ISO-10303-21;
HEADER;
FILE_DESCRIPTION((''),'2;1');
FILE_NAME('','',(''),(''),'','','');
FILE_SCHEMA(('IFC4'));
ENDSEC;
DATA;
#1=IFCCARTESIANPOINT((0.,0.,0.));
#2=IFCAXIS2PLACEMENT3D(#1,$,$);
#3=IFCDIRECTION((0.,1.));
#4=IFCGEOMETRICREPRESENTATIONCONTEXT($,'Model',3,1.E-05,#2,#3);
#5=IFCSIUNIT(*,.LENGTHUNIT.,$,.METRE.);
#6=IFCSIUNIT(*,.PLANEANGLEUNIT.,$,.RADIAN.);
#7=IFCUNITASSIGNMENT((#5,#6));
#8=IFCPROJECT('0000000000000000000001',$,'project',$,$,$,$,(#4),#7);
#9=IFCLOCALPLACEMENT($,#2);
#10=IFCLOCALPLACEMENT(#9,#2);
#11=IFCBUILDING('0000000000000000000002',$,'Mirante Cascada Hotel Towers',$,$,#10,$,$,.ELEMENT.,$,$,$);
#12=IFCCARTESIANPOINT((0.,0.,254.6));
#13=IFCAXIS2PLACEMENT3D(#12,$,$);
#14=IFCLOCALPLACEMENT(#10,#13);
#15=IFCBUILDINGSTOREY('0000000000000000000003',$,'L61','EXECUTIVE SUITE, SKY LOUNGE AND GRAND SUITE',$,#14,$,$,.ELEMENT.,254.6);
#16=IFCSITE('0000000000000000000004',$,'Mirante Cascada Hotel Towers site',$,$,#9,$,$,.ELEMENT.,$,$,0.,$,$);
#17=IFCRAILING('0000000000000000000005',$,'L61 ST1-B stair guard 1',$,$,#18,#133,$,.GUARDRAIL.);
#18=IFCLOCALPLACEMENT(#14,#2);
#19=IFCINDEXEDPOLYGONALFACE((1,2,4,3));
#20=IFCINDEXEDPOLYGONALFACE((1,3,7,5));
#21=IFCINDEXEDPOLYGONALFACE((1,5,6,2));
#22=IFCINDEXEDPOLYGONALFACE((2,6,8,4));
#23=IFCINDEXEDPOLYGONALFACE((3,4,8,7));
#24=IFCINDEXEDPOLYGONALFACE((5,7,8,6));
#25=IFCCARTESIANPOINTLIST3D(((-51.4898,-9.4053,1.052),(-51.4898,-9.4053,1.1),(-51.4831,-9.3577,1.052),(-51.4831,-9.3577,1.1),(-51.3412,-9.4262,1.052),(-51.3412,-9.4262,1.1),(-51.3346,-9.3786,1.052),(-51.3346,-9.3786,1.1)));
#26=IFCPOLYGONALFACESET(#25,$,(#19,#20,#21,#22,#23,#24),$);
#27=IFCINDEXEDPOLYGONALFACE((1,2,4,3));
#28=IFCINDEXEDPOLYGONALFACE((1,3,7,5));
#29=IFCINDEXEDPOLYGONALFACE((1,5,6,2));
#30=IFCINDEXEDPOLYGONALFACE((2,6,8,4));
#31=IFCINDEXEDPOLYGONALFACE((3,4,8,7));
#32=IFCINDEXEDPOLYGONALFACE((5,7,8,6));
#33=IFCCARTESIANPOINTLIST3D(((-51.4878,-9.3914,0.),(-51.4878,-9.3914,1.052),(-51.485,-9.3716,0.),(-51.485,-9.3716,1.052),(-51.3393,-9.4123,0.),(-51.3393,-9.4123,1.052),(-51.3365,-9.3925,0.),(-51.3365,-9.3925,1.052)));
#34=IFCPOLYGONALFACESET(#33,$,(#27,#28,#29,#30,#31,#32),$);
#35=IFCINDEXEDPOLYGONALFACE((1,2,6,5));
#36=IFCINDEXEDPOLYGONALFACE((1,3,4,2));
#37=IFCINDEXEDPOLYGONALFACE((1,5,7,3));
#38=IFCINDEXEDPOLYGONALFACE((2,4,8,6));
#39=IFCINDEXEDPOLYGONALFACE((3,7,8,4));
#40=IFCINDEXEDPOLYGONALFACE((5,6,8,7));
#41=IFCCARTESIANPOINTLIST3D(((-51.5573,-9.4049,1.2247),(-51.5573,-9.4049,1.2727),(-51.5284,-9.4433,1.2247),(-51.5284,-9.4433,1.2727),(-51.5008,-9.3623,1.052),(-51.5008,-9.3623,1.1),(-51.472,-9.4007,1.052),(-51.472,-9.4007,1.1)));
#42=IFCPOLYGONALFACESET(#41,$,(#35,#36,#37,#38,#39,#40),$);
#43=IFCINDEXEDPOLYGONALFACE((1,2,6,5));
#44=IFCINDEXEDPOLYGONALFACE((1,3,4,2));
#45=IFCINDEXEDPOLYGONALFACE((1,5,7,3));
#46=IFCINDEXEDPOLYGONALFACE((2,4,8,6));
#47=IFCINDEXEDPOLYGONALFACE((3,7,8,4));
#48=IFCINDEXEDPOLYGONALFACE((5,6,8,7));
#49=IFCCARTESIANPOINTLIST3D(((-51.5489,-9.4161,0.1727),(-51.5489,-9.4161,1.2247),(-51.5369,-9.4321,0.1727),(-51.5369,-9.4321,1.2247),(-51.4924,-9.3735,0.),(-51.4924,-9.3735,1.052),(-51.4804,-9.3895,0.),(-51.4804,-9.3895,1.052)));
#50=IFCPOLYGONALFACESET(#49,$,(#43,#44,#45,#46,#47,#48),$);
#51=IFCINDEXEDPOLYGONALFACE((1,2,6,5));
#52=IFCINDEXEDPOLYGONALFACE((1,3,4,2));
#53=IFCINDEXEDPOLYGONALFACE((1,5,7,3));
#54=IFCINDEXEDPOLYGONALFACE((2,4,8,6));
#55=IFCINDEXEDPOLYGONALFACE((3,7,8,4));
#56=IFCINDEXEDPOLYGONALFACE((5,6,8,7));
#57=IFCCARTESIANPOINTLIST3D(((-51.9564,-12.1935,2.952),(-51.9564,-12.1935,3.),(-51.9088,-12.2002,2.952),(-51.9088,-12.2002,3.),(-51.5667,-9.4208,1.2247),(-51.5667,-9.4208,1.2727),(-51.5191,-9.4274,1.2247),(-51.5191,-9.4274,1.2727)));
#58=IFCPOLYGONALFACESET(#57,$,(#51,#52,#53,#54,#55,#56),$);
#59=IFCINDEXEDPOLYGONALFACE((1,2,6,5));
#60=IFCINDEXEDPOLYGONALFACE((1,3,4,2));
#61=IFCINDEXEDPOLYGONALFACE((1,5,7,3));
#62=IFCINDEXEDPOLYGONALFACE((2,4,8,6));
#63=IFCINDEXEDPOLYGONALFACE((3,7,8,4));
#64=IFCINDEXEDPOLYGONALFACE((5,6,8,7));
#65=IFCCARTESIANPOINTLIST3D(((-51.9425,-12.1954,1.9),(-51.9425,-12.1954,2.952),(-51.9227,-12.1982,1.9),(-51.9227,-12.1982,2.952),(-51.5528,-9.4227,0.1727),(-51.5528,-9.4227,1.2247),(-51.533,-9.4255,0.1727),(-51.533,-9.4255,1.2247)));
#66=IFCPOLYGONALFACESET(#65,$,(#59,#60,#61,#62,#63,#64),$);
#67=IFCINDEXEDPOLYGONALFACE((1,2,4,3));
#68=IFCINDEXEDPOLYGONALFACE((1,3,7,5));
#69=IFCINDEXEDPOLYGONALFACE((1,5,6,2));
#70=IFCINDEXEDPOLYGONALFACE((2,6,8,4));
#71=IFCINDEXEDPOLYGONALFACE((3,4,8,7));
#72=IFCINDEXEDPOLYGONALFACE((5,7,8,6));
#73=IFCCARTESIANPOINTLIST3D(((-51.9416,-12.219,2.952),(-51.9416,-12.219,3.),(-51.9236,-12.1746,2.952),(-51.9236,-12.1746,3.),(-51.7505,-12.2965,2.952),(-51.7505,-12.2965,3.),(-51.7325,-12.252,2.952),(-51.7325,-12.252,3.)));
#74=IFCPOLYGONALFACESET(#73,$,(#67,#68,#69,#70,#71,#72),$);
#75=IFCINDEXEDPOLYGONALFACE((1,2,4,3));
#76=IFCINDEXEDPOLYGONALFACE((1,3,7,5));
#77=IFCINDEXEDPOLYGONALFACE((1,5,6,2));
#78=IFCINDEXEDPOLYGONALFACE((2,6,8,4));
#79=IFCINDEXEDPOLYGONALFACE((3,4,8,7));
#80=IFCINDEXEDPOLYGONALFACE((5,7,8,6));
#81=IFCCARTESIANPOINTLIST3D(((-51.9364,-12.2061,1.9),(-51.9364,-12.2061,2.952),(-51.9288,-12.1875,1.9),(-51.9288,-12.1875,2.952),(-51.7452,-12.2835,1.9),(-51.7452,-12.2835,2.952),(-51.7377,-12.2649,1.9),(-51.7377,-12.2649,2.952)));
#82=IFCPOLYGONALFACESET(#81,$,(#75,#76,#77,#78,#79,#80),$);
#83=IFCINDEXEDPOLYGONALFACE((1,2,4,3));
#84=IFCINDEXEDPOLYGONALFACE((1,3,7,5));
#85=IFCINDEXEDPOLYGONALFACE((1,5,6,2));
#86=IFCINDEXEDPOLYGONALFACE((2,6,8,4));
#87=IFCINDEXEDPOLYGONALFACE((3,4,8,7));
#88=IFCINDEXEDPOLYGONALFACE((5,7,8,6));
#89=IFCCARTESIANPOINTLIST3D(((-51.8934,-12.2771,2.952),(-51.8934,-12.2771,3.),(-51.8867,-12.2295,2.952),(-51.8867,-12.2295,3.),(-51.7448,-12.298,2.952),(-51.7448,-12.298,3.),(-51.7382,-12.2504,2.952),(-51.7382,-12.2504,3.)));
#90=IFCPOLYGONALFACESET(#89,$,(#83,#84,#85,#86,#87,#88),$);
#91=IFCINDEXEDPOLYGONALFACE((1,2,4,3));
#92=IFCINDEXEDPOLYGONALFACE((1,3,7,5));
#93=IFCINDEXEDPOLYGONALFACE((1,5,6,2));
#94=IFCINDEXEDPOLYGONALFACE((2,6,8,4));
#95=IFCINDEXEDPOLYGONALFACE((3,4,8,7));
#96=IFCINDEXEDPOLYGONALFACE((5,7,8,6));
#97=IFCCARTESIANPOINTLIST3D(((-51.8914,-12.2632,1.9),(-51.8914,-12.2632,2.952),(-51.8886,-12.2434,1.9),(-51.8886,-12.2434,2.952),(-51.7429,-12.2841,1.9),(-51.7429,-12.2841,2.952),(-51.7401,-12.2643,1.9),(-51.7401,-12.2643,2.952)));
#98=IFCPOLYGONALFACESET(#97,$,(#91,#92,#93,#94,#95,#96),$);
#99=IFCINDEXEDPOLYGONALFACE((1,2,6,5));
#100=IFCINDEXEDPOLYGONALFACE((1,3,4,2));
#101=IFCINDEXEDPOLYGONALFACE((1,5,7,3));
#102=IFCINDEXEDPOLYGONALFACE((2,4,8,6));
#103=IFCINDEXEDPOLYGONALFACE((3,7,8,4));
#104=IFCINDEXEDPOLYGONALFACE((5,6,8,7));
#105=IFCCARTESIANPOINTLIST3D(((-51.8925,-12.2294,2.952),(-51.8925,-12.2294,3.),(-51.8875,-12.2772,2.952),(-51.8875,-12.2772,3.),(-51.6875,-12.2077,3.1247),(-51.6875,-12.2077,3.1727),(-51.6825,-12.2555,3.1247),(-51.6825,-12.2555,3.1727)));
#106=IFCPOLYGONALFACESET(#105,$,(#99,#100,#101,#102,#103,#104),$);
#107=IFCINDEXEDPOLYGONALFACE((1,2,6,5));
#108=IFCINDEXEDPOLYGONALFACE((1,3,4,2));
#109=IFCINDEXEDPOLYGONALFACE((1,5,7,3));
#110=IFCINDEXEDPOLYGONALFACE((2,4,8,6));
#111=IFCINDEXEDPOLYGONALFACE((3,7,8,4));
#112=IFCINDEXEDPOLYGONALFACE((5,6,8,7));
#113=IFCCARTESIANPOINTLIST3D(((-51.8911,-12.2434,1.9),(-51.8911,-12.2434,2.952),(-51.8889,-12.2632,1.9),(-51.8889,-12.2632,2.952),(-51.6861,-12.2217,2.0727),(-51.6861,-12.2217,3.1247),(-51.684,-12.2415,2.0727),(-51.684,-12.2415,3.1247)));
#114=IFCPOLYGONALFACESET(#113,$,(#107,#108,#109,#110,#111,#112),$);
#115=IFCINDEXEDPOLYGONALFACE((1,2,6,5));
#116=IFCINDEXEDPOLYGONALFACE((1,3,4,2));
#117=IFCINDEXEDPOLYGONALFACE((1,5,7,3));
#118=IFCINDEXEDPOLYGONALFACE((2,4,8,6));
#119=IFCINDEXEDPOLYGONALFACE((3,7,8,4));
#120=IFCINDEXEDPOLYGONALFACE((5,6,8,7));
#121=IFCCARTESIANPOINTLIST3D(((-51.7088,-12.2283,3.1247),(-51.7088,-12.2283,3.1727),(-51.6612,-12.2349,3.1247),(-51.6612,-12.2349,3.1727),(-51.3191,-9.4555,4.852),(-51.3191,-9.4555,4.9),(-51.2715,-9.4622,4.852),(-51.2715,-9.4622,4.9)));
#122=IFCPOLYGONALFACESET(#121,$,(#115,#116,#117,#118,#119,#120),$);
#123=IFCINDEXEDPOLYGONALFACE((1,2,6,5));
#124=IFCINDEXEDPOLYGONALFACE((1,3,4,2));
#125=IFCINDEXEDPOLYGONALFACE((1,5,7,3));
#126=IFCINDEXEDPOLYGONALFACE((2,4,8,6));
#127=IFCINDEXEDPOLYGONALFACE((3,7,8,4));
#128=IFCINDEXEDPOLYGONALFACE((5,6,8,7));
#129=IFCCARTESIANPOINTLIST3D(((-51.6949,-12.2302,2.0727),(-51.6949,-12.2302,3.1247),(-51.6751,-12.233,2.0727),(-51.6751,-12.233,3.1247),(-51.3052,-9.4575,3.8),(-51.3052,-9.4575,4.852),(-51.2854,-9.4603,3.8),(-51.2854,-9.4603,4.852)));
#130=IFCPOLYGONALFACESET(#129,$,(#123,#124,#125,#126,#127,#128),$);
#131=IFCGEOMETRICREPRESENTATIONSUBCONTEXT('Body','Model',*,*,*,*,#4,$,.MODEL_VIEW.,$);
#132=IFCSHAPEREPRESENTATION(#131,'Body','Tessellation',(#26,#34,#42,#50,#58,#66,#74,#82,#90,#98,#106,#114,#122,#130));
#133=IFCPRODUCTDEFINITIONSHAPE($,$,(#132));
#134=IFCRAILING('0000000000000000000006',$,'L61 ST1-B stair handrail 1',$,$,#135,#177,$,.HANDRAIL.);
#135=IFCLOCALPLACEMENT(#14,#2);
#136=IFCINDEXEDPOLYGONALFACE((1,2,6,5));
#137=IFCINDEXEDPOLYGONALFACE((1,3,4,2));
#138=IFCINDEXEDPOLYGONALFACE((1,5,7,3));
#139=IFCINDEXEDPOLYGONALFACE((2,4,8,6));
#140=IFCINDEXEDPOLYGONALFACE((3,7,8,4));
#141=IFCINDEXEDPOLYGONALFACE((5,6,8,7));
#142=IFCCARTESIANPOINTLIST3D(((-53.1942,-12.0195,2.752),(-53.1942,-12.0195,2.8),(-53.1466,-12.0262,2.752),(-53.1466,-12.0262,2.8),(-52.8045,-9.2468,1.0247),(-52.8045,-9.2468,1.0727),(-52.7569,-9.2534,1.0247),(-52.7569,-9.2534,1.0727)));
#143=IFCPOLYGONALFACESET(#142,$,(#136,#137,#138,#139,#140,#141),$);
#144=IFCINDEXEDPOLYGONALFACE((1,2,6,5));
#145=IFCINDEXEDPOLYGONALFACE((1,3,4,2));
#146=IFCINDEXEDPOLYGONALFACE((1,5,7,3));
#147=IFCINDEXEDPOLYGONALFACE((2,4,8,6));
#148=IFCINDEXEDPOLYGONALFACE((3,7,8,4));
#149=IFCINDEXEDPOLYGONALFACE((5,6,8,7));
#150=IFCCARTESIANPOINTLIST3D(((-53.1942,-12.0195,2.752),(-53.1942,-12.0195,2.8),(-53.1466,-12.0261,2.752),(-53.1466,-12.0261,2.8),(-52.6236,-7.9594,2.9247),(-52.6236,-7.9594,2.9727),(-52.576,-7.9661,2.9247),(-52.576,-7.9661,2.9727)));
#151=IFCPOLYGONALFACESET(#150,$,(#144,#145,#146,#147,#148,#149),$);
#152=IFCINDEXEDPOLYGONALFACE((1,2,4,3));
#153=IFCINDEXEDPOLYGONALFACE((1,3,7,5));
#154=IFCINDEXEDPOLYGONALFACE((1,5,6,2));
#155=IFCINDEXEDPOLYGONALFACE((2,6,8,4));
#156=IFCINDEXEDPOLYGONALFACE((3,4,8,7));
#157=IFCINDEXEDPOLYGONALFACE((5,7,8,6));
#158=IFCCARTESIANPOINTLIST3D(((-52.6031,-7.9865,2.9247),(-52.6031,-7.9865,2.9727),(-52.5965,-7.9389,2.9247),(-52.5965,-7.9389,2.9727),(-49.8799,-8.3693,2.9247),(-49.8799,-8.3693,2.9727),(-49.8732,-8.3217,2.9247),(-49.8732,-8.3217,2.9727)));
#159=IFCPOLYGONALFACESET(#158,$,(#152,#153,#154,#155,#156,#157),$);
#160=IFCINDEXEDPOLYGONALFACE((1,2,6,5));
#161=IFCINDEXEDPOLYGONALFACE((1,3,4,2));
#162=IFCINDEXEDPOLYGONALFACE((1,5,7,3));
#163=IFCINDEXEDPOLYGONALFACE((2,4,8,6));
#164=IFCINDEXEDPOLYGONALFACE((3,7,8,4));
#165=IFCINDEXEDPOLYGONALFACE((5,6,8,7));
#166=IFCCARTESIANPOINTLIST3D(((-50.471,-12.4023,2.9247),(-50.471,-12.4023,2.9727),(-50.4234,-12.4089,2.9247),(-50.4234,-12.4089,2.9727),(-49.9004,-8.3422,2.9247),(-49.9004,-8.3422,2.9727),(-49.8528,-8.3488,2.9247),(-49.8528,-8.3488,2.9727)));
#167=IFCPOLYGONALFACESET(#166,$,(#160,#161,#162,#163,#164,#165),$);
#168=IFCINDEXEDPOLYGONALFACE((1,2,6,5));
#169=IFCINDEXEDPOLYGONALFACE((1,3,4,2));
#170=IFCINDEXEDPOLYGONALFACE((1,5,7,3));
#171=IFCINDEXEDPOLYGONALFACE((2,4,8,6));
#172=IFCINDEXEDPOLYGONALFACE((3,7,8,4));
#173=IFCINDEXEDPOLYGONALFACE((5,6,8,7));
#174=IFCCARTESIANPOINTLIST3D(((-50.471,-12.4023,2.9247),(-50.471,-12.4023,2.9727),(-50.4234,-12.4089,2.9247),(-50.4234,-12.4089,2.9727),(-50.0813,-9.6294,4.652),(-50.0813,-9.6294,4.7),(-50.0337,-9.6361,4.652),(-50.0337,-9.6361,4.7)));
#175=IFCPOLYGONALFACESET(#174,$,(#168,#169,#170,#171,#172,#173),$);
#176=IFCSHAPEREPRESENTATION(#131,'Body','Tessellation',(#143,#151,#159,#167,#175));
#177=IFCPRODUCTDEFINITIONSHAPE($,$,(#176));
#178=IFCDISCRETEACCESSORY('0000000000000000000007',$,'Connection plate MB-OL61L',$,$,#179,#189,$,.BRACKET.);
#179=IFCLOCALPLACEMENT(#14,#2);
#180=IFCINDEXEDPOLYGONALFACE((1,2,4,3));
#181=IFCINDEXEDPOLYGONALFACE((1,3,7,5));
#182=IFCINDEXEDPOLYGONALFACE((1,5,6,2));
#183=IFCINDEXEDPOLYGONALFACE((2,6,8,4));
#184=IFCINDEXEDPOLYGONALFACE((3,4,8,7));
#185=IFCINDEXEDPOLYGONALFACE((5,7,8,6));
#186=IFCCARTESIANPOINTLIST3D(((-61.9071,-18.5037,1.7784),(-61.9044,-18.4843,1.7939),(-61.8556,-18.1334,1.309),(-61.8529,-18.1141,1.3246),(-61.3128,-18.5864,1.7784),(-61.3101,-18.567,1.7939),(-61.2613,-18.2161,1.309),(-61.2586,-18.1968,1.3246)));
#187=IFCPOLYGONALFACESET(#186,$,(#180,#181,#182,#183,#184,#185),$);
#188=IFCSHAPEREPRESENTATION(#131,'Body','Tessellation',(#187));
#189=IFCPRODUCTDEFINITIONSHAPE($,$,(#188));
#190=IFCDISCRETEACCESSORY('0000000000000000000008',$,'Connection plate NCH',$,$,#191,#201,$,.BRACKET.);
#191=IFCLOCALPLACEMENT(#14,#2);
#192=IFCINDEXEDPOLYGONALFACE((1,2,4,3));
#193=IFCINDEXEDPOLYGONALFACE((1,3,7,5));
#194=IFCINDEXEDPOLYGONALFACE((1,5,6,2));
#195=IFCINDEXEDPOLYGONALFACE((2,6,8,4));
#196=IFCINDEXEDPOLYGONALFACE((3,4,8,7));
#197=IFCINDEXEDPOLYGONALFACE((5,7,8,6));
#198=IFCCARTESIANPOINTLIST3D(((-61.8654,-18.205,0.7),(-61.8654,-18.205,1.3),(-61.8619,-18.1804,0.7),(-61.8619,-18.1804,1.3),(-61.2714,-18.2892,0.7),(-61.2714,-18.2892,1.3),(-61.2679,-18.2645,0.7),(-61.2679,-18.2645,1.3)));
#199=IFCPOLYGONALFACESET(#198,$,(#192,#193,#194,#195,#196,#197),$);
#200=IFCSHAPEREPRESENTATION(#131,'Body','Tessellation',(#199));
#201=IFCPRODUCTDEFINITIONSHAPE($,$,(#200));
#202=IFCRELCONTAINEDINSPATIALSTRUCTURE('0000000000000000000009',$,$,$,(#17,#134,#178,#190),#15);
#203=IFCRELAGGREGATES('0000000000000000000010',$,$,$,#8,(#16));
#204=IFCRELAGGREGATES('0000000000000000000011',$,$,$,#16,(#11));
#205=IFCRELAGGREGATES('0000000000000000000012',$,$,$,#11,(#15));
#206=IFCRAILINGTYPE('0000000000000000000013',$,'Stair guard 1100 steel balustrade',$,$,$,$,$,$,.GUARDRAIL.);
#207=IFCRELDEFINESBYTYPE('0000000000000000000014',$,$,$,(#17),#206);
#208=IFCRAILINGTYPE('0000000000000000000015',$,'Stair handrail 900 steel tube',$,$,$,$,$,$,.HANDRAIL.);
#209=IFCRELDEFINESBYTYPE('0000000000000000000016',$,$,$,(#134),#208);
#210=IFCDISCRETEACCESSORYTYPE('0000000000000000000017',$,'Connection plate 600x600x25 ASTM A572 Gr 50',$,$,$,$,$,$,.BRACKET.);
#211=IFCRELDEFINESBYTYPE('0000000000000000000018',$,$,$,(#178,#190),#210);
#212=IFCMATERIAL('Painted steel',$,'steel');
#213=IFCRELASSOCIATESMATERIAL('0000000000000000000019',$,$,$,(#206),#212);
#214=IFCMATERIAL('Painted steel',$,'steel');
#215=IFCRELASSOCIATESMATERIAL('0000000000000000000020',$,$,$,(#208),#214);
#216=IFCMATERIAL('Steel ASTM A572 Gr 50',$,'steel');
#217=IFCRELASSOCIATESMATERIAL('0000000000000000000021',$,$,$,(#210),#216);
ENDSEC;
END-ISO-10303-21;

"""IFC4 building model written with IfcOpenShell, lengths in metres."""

from ifc_helpers import new_model, si_unit, direction, frame, origin, origin_2d, place, context, subcontext, project, spatial, rectangle, extrude, material, material_profile, profile_set, type_object, element, save


model = new_model("IFC4")

# Units and contexts
model_context = context("Model", 3, precision=1e-05, world=origin(), true_north=direction((0.0, 1.0)))
body_context = subcontext(model_context, "Body", "Model", "MODEL_VIEW")
ifc_project = project(units=[si_unit("LENGTHUNIT", "METRE"), si_unit("PLANEANGLEUNIT", "RADIAN")], contexts=[model_context])

# Site, building, storey
site_placement = place(None, origin())
site = spatial("IfcSite", under=ifc_project, at=site_placement, Name="Mirante Cascada Hotel Towers site", CompositionType="ELEMENT", RefElevation=0.0)
building_placement = place(site_placement, origin())
building = spatial("IfcBuilding", under=site, at=building_placement, Name="Mirante Cascada Hotel Towers", CompositionType="ELEMENT")
storey_placement = place(building_placement, frame((0.0, 0.0, 254.6)))
storey = spatial("IfcBuildingStorey", under=building, at=storey_placement, Name="L61", Description="EXECUTIVE SUITE, SKY LOUNGE AND GRAND SUITE", CompositionType="ELEMENT", Elevation=254.6)

# Railings
ifc_material_1 = material(Name="Painted steel", Category="steel")
railing_type_1 = type_object("IfcRailingType", Name="Stair guard 1100 steel balustrade", PredefinedType="GUARDRAIL", material=ifc_material_1)
railing_1_placement = place(storey_placement, frame((-51.3379, -9.4024, 0.0)))
element("IfcRailing", 1, at=railing_1_placement, inside=storey, type_object=railing_type_1, Name="L61 ST1-B stair guard 1", PredefinedType="GUARDRAIL", context=body_context, shape_type="SweptSolid", body=[
    extrude(rectangle(XDim=0.048, YDim=0.048, at=origin_2d()), frame((0.0, 0.0, 1.076), z_axis=(-0.990241, 0.139367, 0.0), x_axis=(-0.139367, -0.990241, 0.0)), (0.0, 0.0, 1.0), 0.15),
    extrude(rectangle(XDim=0.02, YDim=1.052, at=origin_2d()), frame((0.0, 0.0, 0.526), z_axis=(-0.990241, 0.139367, 0.0), x_axis=(-0.139367, -0.990241, 0.0)), (0.0, 0.0, 1.0), 0.15),
    extrude(rectangle(XDim=0.048, YDim=0.048, at=origin_2d()), frame((-0.1485, 0.0209, 1.076), z_axis=(-0.798471, -0.602033, 0.0), x_axis=(0.602033, -0.798471, 0.0)), (0.0, 0.92534, 0.379139), 0.1866),
    extrude(rectangle(XDim=0.02, YDim=1.052, at=origin_2d()), frame((-0.1485, 0.0209, 0.526), z_axis=(-0.798471, -0.602033, 0.0), x_axis=(0.602033, -0.798471, 0.0)), (0.0, 0.92534, 0.379139), 0.1866),
    extrude(rectangle(XDim=0.048, YDim=0.048, at=origin_2d()), frame((-0.205, -0.0217, 1.2487), z_axis=(-0.139181, -0.990267, 0.0), x_axis=(0.990267, -0.139181, 0.0)), (0.0, 0.525035, 0.851081), 3.2899),
    extrude(rectangle(XDim=0.02, YDim=1.052, at=origin_2d()), frame((-0.205, -0.0217, 0.6987), z_axis=(-0.139181, -0.990267, 0.0), x_axis=(0.990267, -0.139181, 0.0)), (0.0, 0.525035, 0.851081), 3.2899),
    extrude(rectangle(XDim=0.048, YDim=0.048, at=origin_2d()), frame((-0.5947, -2.7944, 2.976), z_axis=(0.926862, -0.375401, 0.0), x_axis=(0.375401, 0.926862, 0.0)), (0.0, 0.0, 1.0), 0.2062),
    extrude(rectangle(XDim=0.02, YDim=1.052, at=origin_2d()), frame((-0.5947, -2.7944, 2.426), z_axis=(0.926862, -0.375401, 0.0), x_axis=(0.375401, 0.926862, 0.0)), (0.0, 0.0, 1.0), 0.2062),
    extrude(rectangle(XDim=0.048, YDim=0.048, at=origin_2d()), frame((-0.4036, -2.8718, 2.976), z_axis=(-0.990241, 0.139367, 0.0), x_axis=(-0.139367, -0.990241, 0.0)), (0.0, 0.0, 1.0), 0.15),
    extrude(rectangle(XDim=0.02, YDim=1.052, at=origin_2d()), frame((-0.4036, -2.8718, 2.426), z_axis=(-0.990241, 0.139367, 0.0), x_axis=(-0.139367, -0.990241, 0.0)), (0.0, 0.0, 1.0), 0.15),
    extrude(rectangle(XDim=0.048, YDim=0.048, at=origin_2d()), frame((-0.5521, -2.8509, 2.976), z_axis=(0.994444, 0.105266, 0.0), x_axis=(-0.105266, 0.994444, 0.0)), (0.0, 0.642184, 0.76655), 0.2689),
    extrude(rectangle(XDim=0.02, YDim=1.052, at=origin_2d()), frame((-0.5521, -2.8509, 2.426), z_axis=(0.994444, 0.105266, 0.0), x_axis=(-0.105266, 0.994444, 0.0)), (0.0, 0.642184, 0.76655), 0.2689),
    extrude(rectangle(XDim=0.048, YDim=0.048, at=origin_2d()), frame((-0.3471, -2.8292, 3.1487), z_axis=(0.139181, 0.990267, 0.0), x_axis=(-0.990267, 0.139181, 0.0)), (0.0, 0.525035, 0.851081), 3.2899),
    extrude(rectangle(XDim=0.02, YDim=1.052, at=origin_2d()), frame((-0.3471, -2.8292, 2.5987), z_axis=(0.139181, 0.990267, 0.0), x_axis=(-0.990267, 0.139181, 0.0)), (0.0, 0.525035, 0.851081), 3.2899),
])
ifc_material_2 = material(Name="Painted steel", Category="steel")
railing_type_2 = type_object("IfcRailingType", Name="Stair handrail 900 steel tube", PredefinedType="HANDRAIL", material=ifc_material_2)
railing_2_placement = place(storey_placement, frame((-52.7807, -9.2501, 0.1727)))
element("IfcRailing", 2, at=railing_2_placement, inside=storey, type_object=railing_type_2, Name="L61 ST1-B stair handrail 1", PredefinedType="HANDRAIL", context=body_context, shape_type="SweptSolid", body=[
    extrude(rectangle(XDim=0.048, YDim=0.048, at=origin_2d()), frame((0.0, 0.0, 0.876), z_axis=(-0.139181, -0.990267, 0.0), x_axis=(0.990267, -0.139181, 0.0)), (0.0, 0.525035, 0.851081), 3.2899),
    extrude(rectangle(XDim=0.048, YDim=0.048, at=origin_2d()), frame((-0.3897, -2.7727, 2.6033), z_axis=(0.139171, 0.990268, 0.0), x_axis=(-0.990268, 0.139171, 0.0)), (0.0, 0.042085, 0.999114), 4.1036),
    extrude(rectangle(XDim=0.048, YDim=0.048, at=origin_2d()), frame((0.1809, 1.2874, 2.776), z_axis=(0.990264, -0.139201, 0.0), x_axis=(0.139201, 0.990264, 0.0)), (0.0, 0.0, 1.0), 2.75),
    extrude(rectangle(XDim=0.048, YDim=0.048, at=origin_2d()), frame((2.9041, 0.9046, 2.776), z_axis=(-0.139171, -0.990268, 0.0), x_axis=(0.990268, -0.139171, 0.0)), (0.0, 0.0, 1.0), 4.1),
    extrude(rectangle(XDim=0.048, YDim=0.048, at=origin_2d()), frame((2.3335, -3.1555, 2.776), z_axis=(0.139176, 0.990268, 0.0), x_axis=(-0.990268, 0.139176, 0.0)), (0.0, 0.525021, 0.851089), 3.29),
])

# Discrete accessories
ifc_material_3 = material(Name="Steel ASTM A572 Gr 50", Category="steel")
ifc_material_profile_1 = material_profile(ifc_material_3, rectangle(XDim=0.6, YDim=0.6, at=origin_2d()), Name="Connection plate 600x600x25 ASTM A572 Gr 50")
ifc_profile_set_1 = profile_set([ifc_material_profile_1], Name="Steel ASTM A572 Gr 50")
discrete_accessory_type = type_object("IfcDiscreteAccessoryType", Name="Connection plate 600x600x25 ASTM A572 Gr 50", PredefinedType="BRACKET", material=ifc_profile_set_1)
discrete_accessory_1_placement = place(storey_placement, frame((-61.5842, -18.3599, 1.5437), z_axis=(0.107827, 0.774755, 0.622999), x_axis=(-0.990454, 0.137847, 0.0)))
element("IfcDiscreteAccessory", 3, at=discrete_accessory_1_placement, inside=storey, type_object=discrete_accessory_type, Name="Connection plate MB-OL61L", PredefinedType="BRACKET", context=body_context, shape_type="SweptSolid", body=[
    extrude(rectangle(XDim=0.6, YDim=0.6, at=origin_2d()), origin(), (0.0, 0.0, 1.0), 0.025),
])
discrete_accessory_2_placement = place(storey_placement, frame((-61.5684, -18.2471, 1.0), z_axis=(0.140299, 0.990109, 0.0), x_axis=(-0.990109, 0.140299, 0.0)))
element("IfcDiscreteAccessory", 4, at=discrete_accessory_2_placement, inside=storey, type_object=discrete_accessory_type, Name="Connection plate NCH", PredefinedType="BRACKET", context=body_context, shape_type="SweptSolid", body=[
    extrude(rectangle(XDim=0.6, YDim=0.6, at=origin_2d()), origin(), (0.0, 0.0, 1.0), 0.0249),
])

save(model, "model.ifc")
